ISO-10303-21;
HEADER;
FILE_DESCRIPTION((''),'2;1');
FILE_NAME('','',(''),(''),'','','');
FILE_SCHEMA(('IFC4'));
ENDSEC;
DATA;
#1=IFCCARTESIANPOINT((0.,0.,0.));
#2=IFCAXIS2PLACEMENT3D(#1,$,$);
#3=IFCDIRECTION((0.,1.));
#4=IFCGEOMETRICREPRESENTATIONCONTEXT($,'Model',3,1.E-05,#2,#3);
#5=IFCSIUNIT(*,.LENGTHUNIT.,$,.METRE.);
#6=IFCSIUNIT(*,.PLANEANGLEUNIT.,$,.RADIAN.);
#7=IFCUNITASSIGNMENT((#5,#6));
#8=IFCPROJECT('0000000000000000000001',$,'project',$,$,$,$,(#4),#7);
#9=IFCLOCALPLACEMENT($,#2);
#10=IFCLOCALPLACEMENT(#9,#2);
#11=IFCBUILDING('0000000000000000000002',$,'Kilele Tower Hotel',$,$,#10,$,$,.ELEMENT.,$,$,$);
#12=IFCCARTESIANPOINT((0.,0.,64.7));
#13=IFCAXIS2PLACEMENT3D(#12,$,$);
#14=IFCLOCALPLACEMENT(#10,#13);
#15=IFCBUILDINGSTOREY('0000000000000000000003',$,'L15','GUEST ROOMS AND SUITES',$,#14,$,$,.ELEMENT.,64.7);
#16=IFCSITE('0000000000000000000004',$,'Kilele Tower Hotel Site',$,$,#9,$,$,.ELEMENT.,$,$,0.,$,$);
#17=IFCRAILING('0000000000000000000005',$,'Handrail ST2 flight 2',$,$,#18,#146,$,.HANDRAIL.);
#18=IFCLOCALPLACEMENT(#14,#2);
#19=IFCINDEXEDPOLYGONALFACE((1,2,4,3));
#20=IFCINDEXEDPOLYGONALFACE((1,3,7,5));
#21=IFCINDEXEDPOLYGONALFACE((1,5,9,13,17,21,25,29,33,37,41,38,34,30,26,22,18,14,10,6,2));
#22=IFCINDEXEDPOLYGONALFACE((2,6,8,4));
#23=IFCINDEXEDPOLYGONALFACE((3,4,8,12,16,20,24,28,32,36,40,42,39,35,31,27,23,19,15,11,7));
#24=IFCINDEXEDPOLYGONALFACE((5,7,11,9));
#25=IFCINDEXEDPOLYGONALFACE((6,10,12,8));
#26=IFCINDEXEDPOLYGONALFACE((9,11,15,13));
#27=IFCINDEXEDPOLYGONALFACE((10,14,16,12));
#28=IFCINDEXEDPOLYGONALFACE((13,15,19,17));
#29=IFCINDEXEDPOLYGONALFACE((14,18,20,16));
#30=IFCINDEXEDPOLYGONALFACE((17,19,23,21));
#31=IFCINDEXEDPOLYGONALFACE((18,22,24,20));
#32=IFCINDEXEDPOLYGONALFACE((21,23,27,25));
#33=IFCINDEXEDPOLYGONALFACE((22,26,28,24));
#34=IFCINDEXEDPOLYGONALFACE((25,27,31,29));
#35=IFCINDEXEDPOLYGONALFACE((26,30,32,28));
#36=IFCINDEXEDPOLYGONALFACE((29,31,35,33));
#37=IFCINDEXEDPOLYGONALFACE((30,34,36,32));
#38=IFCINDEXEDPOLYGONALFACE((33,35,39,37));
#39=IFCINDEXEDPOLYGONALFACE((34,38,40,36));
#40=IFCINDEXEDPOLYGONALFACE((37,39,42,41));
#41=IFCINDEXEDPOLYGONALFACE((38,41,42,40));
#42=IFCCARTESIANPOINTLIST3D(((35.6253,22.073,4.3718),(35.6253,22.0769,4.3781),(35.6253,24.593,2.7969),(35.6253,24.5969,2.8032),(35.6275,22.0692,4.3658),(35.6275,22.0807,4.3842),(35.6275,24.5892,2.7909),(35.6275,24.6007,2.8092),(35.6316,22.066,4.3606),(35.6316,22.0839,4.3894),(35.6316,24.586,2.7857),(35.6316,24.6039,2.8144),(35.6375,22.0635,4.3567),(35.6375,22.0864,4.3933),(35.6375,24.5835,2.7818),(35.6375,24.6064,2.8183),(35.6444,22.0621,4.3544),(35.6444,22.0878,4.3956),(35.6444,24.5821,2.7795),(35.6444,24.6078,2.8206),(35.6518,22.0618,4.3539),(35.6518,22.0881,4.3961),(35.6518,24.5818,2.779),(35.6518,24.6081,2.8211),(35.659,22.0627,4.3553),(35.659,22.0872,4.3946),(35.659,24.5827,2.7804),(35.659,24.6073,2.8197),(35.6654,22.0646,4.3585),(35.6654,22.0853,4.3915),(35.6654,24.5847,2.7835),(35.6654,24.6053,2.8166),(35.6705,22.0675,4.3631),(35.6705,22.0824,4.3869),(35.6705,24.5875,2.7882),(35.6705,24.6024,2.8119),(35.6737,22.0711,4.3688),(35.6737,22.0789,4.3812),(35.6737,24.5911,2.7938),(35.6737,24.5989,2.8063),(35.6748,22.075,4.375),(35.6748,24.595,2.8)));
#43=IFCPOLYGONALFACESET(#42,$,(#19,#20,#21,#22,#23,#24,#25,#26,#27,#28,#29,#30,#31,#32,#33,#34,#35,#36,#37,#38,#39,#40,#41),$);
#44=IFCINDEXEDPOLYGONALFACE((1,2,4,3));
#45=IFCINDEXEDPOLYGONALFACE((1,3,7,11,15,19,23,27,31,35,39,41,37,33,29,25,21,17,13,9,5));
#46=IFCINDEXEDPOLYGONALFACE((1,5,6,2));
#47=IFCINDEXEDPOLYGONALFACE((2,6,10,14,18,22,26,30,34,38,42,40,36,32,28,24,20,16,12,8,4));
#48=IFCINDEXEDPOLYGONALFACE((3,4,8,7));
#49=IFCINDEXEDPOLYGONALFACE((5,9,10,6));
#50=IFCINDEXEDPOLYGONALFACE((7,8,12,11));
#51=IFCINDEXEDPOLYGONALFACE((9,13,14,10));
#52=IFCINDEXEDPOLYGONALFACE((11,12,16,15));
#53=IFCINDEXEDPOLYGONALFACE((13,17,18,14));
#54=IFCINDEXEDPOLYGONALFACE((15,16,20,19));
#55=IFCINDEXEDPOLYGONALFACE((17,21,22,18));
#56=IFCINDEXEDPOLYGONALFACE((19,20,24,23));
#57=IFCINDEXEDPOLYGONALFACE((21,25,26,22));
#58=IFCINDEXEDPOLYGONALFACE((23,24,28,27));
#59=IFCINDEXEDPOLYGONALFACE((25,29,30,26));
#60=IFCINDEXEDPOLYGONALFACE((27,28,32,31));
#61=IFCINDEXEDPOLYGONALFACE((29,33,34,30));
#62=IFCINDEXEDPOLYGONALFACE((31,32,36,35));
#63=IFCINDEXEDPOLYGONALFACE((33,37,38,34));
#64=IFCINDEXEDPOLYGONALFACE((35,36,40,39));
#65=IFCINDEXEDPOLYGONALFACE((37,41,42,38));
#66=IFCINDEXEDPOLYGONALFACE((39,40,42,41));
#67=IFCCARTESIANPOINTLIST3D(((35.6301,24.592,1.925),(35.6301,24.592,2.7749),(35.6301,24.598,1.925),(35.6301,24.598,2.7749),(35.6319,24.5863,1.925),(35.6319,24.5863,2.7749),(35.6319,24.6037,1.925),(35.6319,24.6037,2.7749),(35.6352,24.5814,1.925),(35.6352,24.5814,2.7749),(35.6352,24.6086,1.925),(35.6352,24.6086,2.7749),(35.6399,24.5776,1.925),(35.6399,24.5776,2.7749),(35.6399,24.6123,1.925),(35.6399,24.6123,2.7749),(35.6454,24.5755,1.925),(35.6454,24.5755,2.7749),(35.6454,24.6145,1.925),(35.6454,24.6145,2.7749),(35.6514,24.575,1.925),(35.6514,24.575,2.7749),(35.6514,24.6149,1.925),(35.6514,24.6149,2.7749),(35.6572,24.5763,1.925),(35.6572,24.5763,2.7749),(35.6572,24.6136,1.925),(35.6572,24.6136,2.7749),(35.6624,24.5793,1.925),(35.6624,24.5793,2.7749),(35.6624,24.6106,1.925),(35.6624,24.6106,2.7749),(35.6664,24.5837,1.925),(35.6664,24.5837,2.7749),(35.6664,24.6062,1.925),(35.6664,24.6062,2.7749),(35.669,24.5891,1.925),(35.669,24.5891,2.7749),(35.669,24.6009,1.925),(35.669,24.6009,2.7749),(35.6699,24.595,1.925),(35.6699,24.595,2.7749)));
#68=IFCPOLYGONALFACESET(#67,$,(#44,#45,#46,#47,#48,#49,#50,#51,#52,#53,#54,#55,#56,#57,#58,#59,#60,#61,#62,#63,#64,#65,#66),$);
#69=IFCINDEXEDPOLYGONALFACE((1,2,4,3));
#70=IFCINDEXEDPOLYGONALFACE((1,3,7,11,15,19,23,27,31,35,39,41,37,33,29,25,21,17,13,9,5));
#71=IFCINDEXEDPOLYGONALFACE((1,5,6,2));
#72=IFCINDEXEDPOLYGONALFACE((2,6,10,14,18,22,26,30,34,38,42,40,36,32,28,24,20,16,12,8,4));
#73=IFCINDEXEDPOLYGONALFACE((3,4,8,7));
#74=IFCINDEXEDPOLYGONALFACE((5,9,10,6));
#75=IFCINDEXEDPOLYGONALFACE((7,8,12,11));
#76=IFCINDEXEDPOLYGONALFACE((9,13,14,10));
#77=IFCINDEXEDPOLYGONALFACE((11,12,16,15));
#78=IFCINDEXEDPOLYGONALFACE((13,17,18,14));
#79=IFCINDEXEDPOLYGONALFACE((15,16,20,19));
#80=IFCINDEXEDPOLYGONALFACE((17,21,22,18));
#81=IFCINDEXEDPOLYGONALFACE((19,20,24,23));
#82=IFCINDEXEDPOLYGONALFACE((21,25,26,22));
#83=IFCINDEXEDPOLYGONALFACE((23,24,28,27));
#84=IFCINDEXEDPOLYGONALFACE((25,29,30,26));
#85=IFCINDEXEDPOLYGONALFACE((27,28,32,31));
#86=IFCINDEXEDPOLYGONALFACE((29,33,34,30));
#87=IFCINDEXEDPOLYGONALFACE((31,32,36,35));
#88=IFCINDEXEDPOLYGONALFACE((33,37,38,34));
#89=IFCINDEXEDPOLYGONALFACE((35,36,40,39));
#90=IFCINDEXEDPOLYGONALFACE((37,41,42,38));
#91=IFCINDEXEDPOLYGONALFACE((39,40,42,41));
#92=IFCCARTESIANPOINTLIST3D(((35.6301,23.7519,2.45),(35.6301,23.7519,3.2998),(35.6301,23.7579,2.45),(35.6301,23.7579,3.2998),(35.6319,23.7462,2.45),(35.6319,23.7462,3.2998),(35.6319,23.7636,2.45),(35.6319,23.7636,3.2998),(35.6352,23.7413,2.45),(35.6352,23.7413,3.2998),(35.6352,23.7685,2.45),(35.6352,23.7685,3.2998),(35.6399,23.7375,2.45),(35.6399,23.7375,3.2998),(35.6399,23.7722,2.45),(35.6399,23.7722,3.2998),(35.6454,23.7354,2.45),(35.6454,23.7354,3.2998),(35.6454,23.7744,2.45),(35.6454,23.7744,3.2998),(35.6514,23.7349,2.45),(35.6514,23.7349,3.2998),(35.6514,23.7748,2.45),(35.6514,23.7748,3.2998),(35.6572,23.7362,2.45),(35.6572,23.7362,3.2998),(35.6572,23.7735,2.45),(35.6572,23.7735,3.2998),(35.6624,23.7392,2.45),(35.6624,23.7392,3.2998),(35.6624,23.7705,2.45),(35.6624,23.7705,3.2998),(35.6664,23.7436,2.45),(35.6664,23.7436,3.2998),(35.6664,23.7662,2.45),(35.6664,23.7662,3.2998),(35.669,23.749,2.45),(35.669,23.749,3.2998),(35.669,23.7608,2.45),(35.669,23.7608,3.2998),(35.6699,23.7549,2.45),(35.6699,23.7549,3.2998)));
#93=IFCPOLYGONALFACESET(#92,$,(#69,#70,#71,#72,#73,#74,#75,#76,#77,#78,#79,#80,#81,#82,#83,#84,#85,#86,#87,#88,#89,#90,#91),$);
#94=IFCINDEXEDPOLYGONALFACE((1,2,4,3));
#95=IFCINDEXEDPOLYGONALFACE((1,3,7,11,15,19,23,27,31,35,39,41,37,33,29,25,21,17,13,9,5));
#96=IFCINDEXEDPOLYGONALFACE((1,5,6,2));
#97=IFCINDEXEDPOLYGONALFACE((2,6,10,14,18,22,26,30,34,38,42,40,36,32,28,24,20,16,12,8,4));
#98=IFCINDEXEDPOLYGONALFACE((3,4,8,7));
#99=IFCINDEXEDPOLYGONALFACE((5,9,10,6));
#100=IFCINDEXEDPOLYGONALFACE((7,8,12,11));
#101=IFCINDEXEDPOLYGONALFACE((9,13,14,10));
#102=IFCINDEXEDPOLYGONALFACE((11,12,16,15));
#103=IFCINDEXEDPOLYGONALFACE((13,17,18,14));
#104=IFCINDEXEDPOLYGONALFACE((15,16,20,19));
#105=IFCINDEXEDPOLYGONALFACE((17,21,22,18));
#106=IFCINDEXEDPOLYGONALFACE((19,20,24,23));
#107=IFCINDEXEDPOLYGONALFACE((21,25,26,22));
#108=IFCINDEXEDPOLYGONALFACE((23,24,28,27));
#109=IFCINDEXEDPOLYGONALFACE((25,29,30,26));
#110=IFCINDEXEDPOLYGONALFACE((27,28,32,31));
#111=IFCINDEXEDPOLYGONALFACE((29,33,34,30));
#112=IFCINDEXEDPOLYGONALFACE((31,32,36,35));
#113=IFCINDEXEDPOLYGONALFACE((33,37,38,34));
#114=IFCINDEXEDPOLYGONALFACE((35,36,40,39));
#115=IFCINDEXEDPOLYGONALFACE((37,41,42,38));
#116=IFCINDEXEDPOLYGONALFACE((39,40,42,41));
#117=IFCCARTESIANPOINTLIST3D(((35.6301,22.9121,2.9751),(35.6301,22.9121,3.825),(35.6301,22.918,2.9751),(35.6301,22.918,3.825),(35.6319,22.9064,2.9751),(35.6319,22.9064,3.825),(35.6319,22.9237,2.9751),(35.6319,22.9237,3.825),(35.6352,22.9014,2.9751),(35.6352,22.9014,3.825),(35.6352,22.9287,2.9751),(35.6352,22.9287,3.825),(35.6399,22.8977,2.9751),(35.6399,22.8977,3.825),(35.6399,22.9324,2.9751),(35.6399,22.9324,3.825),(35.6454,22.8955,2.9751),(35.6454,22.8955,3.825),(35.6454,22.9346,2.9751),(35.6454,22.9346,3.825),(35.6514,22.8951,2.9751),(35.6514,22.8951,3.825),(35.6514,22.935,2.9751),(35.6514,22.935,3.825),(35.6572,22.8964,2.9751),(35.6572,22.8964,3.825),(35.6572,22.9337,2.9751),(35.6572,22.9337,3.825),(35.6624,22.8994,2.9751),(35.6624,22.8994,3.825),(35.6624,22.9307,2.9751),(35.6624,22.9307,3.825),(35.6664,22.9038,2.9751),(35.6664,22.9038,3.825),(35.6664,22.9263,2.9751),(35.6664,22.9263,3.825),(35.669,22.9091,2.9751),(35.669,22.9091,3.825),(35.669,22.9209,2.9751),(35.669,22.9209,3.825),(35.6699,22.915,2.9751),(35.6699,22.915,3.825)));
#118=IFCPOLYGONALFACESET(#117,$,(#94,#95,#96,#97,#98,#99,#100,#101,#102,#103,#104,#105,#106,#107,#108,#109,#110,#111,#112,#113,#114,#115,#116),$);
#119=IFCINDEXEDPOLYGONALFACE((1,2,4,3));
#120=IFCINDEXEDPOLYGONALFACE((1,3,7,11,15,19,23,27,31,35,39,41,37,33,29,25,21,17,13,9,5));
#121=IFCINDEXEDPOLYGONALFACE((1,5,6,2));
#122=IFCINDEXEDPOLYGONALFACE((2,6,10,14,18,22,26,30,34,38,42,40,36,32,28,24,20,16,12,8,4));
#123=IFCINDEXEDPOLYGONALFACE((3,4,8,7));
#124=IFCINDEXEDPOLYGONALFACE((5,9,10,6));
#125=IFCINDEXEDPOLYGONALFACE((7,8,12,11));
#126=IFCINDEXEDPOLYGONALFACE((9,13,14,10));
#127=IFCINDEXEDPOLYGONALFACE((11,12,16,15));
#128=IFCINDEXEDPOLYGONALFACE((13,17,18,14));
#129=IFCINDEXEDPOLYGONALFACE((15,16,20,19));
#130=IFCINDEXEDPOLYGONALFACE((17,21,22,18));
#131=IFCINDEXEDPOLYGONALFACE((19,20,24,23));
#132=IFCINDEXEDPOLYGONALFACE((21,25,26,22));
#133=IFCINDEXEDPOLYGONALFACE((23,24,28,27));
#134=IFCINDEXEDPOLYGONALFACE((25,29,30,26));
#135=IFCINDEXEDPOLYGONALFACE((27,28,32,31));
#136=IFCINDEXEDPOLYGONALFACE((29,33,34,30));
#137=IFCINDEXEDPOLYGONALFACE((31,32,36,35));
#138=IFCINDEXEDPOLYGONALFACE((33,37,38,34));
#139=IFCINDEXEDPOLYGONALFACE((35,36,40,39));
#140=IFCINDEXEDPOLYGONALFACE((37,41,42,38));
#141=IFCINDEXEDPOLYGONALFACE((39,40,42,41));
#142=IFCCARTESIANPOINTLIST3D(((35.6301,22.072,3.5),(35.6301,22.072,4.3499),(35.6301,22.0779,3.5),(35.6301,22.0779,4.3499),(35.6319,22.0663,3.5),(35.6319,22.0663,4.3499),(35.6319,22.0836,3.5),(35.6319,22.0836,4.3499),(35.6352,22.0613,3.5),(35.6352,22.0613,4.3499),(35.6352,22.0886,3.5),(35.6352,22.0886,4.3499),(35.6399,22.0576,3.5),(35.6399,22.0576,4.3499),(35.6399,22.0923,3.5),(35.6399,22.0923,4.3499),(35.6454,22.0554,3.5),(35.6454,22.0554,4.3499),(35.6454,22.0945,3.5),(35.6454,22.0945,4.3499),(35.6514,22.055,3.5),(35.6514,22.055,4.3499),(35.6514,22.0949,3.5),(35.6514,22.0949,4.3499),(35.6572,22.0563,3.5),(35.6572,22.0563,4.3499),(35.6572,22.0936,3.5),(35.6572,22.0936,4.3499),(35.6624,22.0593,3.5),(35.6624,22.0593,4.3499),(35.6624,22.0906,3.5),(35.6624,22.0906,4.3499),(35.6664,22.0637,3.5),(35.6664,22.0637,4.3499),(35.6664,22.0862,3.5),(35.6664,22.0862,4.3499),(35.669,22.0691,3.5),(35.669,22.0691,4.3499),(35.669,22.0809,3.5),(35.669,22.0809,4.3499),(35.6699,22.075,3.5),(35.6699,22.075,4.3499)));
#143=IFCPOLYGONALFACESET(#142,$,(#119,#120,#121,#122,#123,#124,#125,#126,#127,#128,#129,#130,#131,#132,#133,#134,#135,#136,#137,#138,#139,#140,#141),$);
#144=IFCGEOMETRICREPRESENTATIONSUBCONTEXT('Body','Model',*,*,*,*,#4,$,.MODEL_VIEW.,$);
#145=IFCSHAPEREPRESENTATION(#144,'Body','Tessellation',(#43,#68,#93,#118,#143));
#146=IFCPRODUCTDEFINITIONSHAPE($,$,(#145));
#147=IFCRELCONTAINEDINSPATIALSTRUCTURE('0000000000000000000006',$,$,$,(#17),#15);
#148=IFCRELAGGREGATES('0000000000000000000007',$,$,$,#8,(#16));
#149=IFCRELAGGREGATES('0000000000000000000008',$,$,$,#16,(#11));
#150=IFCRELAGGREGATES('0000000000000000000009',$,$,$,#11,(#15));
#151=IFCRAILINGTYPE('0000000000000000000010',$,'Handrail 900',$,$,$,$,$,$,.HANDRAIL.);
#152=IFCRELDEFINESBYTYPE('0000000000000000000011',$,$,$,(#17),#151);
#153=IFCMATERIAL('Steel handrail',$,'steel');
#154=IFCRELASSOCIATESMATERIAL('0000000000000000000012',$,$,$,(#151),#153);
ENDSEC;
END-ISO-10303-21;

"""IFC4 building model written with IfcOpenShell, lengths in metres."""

from ifc_helpers import new_model, si_unit, direction, frame, origin, origin_2d, place, context, subcontext, project, spatial, circle, extrude, material, type_object, element, save


model = new_model("IFC4")

# Units and contexts
model_context = context("Model", 3, precision=1e-05, world=origin(), true_north=direction((0.0, 1.0)))
body_context = subcontext(model_context, "Body", "Model", "MODEL_VIEW")
ifc_project = project(units=[si_unit("LENGTHUNIT", "METRE"), si_unit("PLANEANGLEUNIT", "RADIAN")], contexts=[model_context])

# Site, building, storey
site_placement = place(None, origin())
site = spatial("IfcSite", under=ifc_project, at=site_placement, Name="Kilele Tower Hotel Site", CompositionType="ELEMENT", RefElevation=0.0)
building_placement = place(site_placement, origin())
building = spatial("IfcBuilding", under=site, at=building_placement, Name="Kilele Tower Hotel", CompositionType="ELEMENT")
storey_placement = place(building_placement, frame((0.0, 0.0, 64.7)))
storey = spatial("IfcBuildingStorey", under=building, at=storey_placement, Name="L15", Description="GUEST ROOMS AND SUITES", CompositionType="ELEMENT", Elevation=64.7)

# Railing
ifc_material_1 = material(Name="Steel handrail", Category="steel")
railing_type_1 = type_object("IfcRailingType", Name="Handrail 900", PredefinedType="HANDRAIL", material=ifc_material_1)
for number, where, name in (
    (1, (35.6499, 24.595, 1.925), "Handrail ST2 flight 2"),
):
    element("IfcRailing", number, at=place(storey_placement, frame(where)), inside=storey, type_object=railing_type_1, Name=name, PredefinedType="HANDRAIL", context=body_context, shape_type="SweptSolid", body=[
        extrude(circle(Radius=0.0249, at=origin_2d()), frame((0.0, 0.0, 0.875), z_axis=(0.0, -0.848008, 0.529984), x_axis=(1.0, 0.0, 0.0)), (0.0, 0.0, 1.0), 2.9717),
        extrude(circle(Radius=0.02, at=origin_2d()), origin(), (0.0, 0.0, 1.0), 0.8499),
        extrude(circle(Radius=0.02, at=origin_2d()), frame((0.0, -0.8401, 0.5249)), (0.0, 0.0, 1.0), 0.8499),
        extrude(circle(Radius=0.02, at=origin_2d()), frame((0.0, -1.6799, 1.05)), (0.0, 0.0, 1.0), 0.8499),
        extrude(circle(Radius=0.02, at=origin_2d()), frame((0.0, -2.52, 1.575)), (0.0, 0.0, 1.0), 0.8499),
    ])

save(model, "model.ifc")
